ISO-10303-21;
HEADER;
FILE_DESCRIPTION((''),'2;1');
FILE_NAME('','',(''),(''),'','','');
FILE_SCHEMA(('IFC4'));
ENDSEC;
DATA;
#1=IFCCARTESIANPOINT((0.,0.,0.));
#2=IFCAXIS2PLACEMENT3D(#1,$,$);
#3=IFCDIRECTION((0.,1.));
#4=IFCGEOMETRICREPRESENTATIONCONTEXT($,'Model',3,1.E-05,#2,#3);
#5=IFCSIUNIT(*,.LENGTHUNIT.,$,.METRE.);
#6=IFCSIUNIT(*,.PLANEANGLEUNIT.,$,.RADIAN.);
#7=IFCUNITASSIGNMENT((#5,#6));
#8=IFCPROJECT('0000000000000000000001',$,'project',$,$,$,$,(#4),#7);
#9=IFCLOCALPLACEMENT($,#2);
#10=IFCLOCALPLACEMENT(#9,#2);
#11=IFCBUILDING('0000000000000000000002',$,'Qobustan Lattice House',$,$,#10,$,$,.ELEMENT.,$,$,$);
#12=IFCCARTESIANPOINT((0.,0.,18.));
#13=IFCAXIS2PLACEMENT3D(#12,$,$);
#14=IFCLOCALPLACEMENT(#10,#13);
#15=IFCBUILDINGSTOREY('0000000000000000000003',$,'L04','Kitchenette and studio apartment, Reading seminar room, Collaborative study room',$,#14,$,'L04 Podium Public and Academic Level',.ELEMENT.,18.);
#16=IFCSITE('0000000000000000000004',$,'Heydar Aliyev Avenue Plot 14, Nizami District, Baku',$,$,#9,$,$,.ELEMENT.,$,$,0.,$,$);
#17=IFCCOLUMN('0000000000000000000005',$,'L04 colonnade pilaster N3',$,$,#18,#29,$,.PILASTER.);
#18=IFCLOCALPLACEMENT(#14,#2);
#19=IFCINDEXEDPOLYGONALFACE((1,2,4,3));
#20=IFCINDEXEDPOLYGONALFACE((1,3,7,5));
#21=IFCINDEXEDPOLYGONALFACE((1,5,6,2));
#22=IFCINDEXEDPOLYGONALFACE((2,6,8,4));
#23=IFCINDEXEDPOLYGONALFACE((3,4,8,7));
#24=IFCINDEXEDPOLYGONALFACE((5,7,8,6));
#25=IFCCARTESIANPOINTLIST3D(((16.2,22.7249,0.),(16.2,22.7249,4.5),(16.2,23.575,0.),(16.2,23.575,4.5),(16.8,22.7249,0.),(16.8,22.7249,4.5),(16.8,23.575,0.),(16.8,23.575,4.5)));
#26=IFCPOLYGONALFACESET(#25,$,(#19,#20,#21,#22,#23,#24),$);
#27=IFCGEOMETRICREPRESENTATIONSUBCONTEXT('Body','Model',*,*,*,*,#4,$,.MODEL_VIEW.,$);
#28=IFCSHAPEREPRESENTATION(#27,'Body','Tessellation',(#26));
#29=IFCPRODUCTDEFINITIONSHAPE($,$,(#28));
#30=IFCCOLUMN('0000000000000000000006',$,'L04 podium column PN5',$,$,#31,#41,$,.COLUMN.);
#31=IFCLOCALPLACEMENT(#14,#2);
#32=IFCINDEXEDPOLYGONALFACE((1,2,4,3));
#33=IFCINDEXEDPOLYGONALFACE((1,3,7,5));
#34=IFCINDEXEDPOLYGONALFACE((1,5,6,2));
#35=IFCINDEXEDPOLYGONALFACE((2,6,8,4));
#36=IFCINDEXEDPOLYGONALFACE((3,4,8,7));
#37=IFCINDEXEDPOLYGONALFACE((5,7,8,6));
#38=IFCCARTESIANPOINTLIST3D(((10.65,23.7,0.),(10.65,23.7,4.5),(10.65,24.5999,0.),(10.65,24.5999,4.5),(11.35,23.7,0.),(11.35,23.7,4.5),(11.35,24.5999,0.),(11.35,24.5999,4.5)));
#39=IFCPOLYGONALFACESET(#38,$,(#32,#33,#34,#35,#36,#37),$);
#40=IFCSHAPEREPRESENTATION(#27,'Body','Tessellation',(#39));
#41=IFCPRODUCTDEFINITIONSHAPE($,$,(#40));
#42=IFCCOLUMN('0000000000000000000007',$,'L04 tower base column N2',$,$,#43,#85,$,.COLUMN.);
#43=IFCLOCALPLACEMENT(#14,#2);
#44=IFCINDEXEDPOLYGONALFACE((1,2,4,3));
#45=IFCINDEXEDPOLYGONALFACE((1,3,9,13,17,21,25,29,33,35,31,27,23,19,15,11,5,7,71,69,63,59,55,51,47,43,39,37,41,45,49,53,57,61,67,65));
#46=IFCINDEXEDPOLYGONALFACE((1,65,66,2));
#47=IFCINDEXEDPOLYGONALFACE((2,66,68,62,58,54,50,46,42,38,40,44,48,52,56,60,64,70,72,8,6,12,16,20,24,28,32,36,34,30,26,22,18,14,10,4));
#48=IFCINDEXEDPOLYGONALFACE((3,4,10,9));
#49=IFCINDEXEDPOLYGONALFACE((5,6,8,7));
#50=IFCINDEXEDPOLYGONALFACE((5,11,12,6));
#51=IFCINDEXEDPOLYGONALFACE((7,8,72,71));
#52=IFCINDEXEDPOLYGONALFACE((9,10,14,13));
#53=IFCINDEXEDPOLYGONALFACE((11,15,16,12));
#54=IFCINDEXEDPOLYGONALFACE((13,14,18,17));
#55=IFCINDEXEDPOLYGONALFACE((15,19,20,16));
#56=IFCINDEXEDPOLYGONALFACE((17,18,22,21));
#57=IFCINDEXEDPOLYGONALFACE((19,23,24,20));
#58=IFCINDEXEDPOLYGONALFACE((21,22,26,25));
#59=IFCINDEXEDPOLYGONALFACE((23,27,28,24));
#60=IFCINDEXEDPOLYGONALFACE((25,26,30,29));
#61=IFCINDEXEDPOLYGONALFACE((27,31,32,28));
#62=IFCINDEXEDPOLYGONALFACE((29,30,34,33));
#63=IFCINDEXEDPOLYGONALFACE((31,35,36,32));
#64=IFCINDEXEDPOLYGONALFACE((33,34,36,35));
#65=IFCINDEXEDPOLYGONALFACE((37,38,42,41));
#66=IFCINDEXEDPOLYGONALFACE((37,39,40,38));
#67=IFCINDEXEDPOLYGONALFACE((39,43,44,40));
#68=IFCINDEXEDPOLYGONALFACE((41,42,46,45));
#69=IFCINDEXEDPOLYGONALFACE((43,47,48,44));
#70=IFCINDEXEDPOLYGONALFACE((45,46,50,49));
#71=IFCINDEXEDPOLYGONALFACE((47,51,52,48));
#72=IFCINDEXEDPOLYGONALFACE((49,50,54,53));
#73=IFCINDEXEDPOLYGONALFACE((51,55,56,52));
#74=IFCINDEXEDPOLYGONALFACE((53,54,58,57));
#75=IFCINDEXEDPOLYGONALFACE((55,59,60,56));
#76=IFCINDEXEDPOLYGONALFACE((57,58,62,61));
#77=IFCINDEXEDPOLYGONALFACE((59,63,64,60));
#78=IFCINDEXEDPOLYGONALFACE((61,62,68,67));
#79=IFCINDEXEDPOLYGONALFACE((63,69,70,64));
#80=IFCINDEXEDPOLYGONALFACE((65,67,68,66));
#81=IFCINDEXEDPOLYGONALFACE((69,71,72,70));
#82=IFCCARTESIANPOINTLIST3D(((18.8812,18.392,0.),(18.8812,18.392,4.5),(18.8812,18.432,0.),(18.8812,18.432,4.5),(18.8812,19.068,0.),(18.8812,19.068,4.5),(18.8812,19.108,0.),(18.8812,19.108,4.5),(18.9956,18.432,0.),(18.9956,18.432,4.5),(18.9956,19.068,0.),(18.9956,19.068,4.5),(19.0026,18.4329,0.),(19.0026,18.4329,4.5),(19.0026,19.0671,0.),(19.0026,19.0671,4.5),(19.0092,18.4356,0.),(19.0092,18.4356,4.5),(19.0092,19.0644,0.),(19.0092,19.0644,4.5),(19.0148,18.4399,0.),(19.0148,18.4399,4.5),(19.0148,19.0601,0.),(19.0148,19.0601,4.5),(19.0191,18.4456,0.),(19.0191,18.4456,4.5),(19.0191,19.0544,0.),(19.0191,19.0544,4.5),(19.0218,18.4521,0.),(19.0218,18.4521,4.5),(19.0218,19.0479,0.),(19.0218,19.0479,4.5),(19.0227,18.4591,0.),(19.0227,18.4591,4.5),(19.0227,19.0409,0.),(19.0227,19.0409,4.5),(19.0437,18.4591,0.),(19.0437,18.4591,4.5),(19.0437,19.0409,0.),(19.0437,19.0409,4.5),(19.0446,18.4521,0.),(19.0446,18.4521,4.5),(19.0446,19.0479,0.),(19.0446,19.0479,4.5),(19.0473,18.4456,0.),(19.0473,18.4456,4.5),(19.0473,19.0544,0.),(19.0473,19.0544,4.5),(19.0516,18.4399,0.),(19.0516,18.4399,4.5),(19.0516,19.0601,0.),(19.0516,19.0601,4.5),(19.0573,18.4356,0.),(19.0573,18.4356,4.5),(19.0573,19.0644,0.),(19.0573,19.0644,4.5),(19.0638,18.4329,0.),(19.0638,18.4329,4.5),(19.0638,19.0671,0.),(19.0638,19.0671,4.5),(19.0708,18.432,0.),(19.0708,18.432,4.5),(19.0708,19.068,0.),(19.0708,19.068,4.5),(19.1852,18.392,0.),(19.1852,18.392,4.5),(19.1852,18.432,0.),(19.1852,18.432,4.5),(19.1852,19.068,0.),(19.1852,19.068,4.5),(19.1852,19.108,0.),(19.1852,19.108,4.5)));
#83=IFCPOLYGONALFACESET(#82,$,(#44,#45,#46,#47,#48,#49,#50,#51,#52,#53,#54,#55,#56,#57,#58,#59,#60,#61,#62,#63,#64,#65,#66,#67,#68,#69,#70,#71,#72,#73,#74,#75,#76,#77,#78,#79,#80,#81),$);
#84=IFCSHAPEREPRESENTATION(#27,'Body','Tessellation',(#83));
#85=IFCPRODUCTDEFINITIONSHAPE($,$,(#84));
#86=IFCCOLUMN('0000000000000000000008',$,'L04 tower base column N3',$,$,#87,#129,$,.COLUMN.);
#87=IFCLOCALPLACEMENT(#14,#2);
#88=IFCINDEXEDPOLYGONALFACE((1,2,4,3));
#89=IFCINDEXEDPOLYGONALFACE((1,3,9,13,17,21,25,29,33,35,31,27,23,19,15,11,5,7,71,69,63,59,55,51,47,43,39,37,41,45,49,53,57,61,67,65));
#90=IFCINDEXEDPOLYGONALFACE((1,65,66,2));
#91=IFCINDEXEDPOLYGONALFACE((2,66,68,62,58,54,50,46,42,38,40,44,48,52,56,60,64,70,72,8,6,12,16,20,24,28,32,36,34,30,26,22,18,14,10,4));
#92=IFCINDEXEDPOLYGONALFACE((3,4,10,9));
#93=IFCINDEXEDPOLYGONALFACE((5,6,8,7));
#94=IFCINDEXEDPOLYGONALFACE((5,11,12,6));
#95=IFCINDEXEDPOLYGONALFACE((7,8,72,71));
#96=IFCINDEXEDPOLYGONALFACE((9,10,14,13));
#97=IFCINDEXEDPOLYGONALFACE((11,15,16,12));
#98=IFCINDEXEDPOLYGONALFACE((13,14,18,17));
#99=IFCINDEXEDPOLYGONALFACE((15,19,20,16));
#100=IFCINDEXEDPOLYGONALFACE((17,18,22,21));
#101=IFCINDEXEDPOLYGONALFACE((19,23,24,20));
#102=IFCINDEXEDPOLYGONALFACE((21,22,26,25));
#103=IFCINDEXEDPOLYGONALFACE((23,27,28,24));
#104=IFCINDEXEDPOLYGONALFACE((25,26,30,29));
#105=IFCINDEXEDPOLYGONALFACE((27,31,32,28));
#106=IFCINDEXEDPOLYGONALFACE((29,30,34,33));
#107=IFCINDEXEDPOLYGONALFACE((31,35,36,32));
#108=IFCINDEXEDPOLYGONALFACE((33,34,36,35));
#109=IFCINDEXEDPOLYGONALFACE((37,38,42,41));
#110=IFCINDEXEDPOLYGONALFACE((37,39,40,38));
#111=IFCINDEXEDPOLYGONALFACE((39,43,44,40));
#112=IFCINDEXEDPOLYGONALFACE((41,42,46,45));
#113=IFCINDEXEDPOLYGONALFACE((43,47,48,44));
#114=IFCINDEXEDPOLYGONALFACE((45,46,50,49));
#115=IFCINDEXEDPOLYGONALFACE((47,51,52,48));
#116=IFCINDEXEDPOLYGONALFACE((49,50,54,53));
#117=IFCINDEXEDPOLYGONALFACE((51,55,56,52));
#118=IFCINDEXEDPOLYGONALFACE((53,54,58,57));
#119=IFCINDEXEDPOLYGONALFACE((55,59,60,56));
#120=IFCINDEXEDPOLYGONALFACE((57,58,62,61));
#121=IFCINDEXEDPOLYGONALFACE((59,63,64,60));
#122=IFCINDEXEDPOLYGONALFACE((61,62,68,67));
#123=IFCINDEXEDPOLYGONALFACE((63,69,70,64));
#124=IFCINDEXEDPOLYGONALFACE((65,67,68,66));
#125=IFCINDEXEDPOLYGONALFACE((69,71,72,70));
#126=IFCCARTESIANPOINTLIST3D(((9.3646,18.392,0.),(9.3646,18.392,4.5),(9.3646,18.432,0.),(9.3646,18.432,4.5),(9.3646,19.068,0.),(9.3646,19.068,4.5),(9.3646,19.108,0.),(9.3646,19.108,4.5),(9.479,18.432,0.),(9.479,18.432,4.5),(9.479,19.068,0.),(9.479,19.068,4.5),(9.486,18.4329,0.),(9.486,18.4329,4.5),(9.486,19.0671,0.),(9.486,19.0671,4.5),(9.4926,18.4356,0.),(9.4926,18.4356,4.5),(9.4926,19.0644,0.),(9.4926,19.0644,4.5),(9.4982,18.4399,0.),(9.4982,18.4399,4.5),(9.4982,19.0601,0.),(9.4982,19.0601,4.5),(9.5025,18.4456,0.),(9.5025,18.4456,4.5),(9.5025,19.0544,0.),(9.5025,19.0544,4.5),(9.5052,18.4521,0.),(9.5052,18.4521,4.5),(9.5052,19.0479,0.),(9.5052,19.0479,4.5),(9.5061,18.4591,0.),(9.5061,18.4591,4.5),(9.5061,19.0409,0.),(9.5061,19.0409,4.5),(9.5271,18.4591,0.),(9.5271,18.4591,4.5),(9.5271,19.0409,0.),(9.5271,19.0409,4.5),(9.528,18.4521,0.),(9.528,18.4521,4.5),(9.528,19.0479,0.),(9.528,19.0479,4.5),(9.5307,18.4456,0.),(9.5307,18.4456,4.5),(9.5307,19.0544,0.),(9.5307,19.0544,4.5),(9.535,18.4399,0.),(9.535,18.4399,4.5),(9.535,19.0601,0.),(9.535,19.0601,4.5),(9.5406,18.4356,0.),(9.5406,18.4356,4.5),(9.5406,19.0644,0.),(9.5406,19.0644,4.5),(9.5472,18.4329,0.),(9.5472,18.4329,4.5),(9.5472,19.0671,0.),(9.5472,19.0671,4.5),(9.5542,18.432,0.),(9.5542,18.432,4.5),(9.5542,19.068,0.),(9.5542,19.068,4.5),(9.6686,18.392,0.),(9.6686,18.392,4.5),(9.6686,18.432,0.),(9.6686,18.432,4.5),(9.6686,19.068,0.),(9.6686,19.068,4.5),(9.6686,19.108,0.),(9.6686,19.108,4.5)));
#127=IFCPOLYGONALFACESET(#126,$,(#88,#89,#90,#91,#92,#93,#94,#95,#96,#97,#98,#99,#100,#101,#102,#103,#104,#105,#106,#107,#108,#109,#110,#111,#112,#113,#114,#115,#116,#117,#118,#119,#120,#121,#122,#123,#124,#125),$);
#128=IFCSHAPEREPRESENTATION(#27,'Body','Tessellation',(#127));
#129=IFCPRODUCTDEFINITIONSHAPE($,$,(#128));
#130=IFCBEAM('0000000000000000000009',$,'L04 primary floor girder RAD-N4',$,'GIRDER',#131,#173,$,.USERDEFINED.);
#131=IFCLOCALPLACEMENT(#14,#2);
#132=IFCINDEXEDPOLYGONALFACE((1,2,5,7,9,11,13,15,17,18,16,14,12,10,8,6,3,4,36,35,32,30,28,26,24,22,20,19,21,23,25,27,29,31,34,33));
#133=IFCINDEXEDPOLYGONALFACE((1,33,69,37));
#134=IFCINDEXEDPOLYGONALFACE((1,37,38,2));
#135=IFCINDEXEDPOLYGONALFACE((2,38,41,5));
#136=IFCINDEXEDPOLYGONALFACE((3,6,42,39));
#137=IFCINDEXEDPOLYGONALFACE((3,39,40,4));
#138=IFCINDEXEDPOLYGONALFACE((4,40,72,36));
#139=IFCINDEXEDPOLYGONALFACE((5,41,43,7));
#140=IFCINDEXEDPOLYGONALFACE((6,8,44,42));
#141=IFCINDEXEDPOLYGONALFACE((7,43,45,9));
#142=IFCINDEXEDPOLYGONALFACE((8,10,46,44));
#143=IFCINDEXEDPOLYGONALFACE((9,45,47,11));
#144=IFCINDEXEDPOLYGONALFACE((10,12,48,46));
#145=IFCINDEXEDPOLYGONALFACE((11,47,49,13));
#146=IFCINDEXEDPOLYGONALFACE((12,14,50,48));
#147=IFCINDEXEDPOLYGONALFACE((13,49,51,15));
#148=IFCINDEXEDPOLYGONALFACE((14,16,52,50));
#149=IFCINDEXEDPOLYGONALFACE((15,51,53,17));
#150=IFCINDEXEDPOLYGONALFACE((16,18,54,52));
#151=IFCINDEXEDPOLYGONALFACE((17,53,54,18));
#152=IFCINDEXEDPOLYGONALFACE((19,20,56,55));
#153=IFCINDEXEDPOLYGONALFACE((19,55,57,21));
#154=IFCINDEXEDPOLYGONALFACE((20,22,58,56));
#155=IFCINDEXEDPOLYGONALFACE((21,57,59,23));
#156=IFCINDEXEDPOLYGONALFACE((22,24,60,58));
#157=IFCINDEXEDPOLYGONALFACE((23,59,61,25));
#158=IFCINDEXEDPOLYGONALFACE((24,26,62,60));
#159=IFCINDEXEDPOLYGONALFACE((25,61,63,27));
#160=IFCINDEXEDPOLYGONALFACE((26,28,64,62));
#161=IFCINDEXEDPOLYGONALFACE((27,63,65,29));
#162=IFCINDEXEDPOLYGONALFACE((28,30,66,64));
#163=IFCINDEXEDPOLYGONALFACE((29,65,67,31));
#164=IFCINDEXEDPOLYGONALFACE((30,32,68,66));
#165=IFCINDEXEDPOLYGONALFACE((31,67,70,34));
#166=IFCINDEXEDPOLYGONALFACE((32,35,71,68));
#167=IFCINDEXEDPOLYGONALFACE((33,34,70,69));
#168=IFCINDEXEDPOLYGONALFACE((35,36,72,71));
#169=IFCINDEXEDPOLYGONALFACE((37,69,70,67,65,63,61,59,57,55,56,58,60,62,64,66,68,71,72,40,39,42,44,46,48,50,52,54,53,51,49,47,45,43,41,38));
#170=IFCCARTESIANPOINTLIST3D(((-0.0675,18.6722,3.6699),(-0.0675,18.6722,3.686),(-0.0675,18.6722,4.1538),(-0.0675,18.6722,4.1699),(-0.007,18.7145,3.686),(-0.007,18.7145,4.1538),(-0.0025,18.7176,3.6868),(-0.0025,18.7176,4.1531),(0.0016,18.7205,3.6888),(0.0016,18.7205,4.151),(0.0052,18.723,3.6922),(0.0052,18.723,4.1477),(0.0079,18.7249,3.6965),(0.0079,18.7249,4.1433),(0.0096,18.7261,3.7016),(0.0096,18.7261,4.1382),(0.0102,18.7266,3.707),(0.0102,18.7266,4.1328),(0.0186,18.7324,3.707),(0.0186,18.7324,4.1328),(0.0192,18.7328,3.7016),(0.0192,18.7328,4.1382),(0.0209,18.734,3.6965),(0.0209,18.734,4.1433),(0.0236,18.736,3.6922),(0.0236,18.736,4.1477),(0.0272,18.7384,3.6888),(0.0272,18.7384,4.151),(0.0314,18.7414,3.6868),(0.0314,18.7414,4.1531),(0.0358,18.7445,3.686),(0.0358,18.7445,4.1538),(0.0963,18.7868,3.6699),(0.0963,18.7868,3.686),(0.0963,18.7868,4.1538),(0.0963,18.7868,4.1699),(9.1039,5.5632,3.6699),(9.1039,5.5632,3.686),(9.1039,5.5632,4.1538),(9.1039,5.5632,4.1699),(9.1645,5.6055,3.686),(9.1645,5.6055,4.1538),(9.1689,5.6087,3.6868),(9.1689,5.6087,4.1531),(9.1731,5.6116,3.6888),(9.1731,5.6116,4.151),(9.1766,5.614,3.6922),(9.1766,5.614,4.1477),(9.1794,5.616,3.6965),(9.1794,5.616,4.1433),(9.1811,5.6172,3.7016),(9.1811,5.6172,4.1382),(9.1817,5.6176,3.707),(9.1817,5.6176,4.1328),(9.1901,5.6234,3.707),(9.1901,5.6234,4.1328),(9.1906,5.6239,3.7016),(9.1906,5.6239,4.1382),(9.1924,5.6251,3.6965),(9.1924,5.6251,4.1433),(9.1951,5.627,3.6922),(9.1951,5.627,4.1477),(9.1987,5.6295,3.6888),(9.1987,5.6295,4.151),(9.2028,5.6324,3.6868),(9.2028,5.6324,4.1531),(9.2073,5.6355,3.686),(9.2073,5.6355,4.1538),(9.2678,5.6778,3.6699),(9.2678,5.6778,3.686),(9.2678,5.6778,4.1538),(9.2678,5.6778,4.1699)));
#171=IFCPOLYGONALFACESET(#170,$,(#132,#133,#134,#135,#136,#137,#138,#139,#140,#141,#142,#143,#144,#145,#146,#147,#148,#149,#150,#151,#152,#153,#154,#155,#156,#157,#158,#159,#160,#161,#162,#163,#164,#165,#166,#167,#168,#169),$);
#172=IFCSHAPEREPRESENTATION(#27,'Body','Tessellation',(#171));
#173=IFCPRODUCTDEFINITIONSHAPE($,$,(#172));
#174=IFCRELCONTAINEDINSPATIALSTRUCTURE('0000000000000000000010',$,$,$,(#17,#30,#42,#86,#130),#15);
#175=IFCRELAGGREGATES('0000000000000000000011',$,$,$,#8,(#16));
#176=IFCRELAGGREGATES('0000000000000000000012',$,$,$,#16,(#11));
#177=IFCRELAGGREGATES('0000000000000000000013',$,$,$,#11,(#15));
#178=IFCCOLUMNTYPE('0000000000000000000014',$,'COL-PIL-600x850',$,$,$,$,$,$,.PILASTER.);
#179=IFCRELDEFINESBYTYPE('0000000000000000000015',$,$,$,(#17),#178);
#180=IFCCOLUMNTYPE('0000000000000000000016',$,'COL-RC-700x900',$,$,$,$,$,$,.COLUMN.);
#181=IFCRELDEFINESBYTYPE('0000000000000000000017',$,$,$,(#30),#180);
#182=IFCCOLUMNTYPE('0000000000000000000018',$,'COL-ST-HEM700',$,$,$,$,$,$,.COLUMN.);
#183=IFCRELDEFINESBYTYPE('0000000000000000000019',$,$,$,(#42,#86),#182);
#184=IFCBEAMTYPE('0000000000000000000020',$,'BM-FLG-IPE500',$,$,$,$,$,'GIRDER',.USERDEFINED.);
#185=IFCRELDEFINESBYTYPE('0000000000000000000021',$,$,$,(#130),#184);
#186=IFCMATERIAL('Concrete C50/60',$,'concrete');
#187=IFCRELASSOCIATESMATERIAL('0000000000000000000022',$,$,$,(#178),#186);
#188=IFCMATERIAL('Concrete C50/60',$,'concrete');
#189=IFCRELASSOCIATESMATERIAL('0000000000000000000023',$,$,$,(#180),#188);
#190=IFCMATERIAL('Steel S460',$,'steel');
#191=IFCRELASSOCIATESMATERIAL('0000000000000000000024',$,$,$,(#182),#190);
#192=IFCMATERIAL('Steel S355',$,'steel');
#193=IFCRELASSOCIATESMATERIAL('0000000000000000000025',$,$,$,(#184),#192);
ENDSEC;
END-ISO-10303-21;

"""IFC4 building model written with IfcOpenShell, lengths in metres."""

from ifc_helpers import new_model, si_unit, direction, frame, origin, origin_2d, place, context, subcontext, project, spatial, rectangle, i_section, extrude, material, material_profile, profile_set, type_object, element, save


model = new_model("IFC4")

# Units and contexts
model_context = context("Model", 3, precision=1e-05, world=origin(), true_north=direction((0.0, 1.0)))
body_context = subcontext(model_context, "Body", "Model", "MODEL_VIEW")
ifc_project = project(units=[si_unit("LENGTHUNIT", "METRE"), si_unit("PLANEANGLEUNIT", "RADIAN")], contexts=[model_context])

# Site, building, storey
site_placement = place(None, origin())
site = spatial("IfcSite", under=ifc_project, at=site_placement, Name="Heydar Aliyev Avenue Plot 14, Nizami District, Baku", CompositionType="ELEMENT", RefElevation=0.0)
building_placement = place(site_placement, origin())
building = spatial("IfcBuilding", under=site, at=building_placement, Name="Qobustan Lattice House", CompositionType="ELEMENT")
storey_placement = place(building_placement, frame((0.0, 0.0, 18.0)))
storey = spatial("IfcBuildingStorey", under=building, at=storey_placement, Name="L04", Description="Kitchenette and studio apartment, Reading seminar room, Collaborative study room", LongName="L04 Podium Public and Academic Level", CompositionType="ELEMENT", Elevation=18.0)

# Columns
ifc_material_1 = material(Name="Concrete C50/60", Category="concrete")
ifc_material_profile_1 = material_profile(ifc_material_1, rectangle(XDim=0.6001, YDim=0.8501, at=origin_2d()), Name="RC600x850")
ifc_profile_set_1 = profile_set([ifc_material_profile_1], Name="Concrete C50/60")
column_type_1 = type_object("IfcColumnType", Name="COL-PIL-600x850", PredefinedType="PILASTER", material=ifc_profile_set_1)
column_1_placement = place(storey_placement, frame((16.5, 23.1499, 0.0), z_axis=(0.0, 0.0, 1.0), x_axis=(1.0, 0.0, 0.0)))
element("IfcColumn", 1, at=column_1_placement, inside=storey, type_object=column_type_1, Name="L04 colonnade pilaster N3", PredefinedType="PILASTER", context=body_context, shape_type="SweptSolid", body=[
    extrude(rectangle(XDim=0.6001, YDim=0.8501, at=origin_2d()), origin(), (0.0, 0.0, 1.0), 4.5),
])
ifc_material_2 = material(Name="Concrete C50/60", Category="concrete")
ifc_material_profile_2 = material_profile(ifc_material_2, rectangle(XDim=0.7, YDim=0.8999, at=origin_2d()), Name="RC700x900")
ifc_profile_set_2 = profile_set([ifc_material_profile_2], Name="Concrete C50/60")
column_type_2 = type_object("IfcColumnType", Name="COL-RC-700x900", PredefinedType="COLUMN", material=ifc_profile_set_2)
column_2_placement = place(storey_placement, frame((11.0, 24.1499, 0.0), z_axis=(0.0, 0.0, 1.0), x_axis=(1.0, 0.0, 0.0)))
element("IfcColumn", 2, at=column_2_placement, inside=storey, type_object=column_type_2, Name="L04 podium column PN5", PredefinedType="COLUMN", context=body_context, shape_type="SweptSolid", body=[
    extrude(rectangle(XDim=0.7, YDim=0.8999, at=origin_2d()), origin(), (0.0, 0.0, 1.0), 4.5),
])
ifc_material_3 = material(Name="Steel S460", Category="steel")
ifc_material_profile_3 = material_profile(ifc_material_3, i_section(OverallWidth=0.304, OverallDepth=0.7161, WebThickness=0.021, FlangeThickness=0.04, FilletRadius=0.0271, at=origin_2d()), Name="HEM700")
ifc_profile_set_3 = profile_set([ifc_material_profile_3], Name="Steel S460")
column_type_3 = type_object("IfcColumnType", Name="COL-ST-HEM700", PredefinedType="COLUMN", material=ifc_profile_set_3)
for number, where, z_axis, x_axis, name in (
    (3, (19.0332, 18.75, 0.0), (0.0, 0.0, 1.0), (1.0, 0.0, 0.0), "L04 tower base column N2"),
    (4, (9.5166, 18.75, 0.0), (0.0, 0.0, 1.0), (1.0, 0.0, 0.0), "L04 tower base column N3"),
):
    element("IfcColumn", number, at=place(storey_placement, frame(where, z_axis=z_axis, x_axis=x_axis)), inside=storey, type_object=column_type_3, Name=name, PredefinedType="COLUMN", context=body_context, shape_type="SweptSolid", body=[
        extrude(i_section(OverallWidth=0.304, OverallDepth=0.7161, WebThickness=0.021, FlangeThickness=0.04, FilletRadius=0.0271, at=origin_2d()), origin(), (0.0, 0.0, 1.0), 4.5),
    ])

# Beam
ifc_material_4 = material(Name="Steel S355", Category="steel")
ifc_material_profile_4 = material_profile(ifc_material_4, i_section(OverallWidth=0.2, OverallDepth=0.5, WebThickness=0.0103, FlangeThickness=0.0161, FilletRadius=0.021, at=origin_2d()), Name="IPE500")
ifc_profile_set_4 = profile_set([ifc_material_profile_4], Name="Steel S355")
beam_type_1 = type_object("IfcBeamType", Name="BM-FLG-IPE500", ElementType="GIRDER", PredefinedType="USERDEFINED", material=ifc_profile_set_4)
beam_1_placement = place(storey_placement, frame((0.0144, 18.7295, 3.9199), z_axis=(0.57326, -0.819374, 0.0), x_axis=(0.819374, 0.57326, 0.0)))
element("IfcBeam", 5, at=beam_1_placement, inside=storey, type_object=beam_type_1, Name="L04 primary floor girder RAD-N4", ObjectType="GIRDER", PredefinedType="USERDEFINED", context=body_context, shape_type="SweptSolid", body=[
    extrude(i_section(OverallWidth=0.2, OverallDepth=0.5, WebThickness=0.0103, FlangeThickness=0.0161, FilletRadius=0.021, at=origin_2d()), origin(), (0.0, 0.0, 1.0), 15.9988),
])

save(model, "model.ifc")
